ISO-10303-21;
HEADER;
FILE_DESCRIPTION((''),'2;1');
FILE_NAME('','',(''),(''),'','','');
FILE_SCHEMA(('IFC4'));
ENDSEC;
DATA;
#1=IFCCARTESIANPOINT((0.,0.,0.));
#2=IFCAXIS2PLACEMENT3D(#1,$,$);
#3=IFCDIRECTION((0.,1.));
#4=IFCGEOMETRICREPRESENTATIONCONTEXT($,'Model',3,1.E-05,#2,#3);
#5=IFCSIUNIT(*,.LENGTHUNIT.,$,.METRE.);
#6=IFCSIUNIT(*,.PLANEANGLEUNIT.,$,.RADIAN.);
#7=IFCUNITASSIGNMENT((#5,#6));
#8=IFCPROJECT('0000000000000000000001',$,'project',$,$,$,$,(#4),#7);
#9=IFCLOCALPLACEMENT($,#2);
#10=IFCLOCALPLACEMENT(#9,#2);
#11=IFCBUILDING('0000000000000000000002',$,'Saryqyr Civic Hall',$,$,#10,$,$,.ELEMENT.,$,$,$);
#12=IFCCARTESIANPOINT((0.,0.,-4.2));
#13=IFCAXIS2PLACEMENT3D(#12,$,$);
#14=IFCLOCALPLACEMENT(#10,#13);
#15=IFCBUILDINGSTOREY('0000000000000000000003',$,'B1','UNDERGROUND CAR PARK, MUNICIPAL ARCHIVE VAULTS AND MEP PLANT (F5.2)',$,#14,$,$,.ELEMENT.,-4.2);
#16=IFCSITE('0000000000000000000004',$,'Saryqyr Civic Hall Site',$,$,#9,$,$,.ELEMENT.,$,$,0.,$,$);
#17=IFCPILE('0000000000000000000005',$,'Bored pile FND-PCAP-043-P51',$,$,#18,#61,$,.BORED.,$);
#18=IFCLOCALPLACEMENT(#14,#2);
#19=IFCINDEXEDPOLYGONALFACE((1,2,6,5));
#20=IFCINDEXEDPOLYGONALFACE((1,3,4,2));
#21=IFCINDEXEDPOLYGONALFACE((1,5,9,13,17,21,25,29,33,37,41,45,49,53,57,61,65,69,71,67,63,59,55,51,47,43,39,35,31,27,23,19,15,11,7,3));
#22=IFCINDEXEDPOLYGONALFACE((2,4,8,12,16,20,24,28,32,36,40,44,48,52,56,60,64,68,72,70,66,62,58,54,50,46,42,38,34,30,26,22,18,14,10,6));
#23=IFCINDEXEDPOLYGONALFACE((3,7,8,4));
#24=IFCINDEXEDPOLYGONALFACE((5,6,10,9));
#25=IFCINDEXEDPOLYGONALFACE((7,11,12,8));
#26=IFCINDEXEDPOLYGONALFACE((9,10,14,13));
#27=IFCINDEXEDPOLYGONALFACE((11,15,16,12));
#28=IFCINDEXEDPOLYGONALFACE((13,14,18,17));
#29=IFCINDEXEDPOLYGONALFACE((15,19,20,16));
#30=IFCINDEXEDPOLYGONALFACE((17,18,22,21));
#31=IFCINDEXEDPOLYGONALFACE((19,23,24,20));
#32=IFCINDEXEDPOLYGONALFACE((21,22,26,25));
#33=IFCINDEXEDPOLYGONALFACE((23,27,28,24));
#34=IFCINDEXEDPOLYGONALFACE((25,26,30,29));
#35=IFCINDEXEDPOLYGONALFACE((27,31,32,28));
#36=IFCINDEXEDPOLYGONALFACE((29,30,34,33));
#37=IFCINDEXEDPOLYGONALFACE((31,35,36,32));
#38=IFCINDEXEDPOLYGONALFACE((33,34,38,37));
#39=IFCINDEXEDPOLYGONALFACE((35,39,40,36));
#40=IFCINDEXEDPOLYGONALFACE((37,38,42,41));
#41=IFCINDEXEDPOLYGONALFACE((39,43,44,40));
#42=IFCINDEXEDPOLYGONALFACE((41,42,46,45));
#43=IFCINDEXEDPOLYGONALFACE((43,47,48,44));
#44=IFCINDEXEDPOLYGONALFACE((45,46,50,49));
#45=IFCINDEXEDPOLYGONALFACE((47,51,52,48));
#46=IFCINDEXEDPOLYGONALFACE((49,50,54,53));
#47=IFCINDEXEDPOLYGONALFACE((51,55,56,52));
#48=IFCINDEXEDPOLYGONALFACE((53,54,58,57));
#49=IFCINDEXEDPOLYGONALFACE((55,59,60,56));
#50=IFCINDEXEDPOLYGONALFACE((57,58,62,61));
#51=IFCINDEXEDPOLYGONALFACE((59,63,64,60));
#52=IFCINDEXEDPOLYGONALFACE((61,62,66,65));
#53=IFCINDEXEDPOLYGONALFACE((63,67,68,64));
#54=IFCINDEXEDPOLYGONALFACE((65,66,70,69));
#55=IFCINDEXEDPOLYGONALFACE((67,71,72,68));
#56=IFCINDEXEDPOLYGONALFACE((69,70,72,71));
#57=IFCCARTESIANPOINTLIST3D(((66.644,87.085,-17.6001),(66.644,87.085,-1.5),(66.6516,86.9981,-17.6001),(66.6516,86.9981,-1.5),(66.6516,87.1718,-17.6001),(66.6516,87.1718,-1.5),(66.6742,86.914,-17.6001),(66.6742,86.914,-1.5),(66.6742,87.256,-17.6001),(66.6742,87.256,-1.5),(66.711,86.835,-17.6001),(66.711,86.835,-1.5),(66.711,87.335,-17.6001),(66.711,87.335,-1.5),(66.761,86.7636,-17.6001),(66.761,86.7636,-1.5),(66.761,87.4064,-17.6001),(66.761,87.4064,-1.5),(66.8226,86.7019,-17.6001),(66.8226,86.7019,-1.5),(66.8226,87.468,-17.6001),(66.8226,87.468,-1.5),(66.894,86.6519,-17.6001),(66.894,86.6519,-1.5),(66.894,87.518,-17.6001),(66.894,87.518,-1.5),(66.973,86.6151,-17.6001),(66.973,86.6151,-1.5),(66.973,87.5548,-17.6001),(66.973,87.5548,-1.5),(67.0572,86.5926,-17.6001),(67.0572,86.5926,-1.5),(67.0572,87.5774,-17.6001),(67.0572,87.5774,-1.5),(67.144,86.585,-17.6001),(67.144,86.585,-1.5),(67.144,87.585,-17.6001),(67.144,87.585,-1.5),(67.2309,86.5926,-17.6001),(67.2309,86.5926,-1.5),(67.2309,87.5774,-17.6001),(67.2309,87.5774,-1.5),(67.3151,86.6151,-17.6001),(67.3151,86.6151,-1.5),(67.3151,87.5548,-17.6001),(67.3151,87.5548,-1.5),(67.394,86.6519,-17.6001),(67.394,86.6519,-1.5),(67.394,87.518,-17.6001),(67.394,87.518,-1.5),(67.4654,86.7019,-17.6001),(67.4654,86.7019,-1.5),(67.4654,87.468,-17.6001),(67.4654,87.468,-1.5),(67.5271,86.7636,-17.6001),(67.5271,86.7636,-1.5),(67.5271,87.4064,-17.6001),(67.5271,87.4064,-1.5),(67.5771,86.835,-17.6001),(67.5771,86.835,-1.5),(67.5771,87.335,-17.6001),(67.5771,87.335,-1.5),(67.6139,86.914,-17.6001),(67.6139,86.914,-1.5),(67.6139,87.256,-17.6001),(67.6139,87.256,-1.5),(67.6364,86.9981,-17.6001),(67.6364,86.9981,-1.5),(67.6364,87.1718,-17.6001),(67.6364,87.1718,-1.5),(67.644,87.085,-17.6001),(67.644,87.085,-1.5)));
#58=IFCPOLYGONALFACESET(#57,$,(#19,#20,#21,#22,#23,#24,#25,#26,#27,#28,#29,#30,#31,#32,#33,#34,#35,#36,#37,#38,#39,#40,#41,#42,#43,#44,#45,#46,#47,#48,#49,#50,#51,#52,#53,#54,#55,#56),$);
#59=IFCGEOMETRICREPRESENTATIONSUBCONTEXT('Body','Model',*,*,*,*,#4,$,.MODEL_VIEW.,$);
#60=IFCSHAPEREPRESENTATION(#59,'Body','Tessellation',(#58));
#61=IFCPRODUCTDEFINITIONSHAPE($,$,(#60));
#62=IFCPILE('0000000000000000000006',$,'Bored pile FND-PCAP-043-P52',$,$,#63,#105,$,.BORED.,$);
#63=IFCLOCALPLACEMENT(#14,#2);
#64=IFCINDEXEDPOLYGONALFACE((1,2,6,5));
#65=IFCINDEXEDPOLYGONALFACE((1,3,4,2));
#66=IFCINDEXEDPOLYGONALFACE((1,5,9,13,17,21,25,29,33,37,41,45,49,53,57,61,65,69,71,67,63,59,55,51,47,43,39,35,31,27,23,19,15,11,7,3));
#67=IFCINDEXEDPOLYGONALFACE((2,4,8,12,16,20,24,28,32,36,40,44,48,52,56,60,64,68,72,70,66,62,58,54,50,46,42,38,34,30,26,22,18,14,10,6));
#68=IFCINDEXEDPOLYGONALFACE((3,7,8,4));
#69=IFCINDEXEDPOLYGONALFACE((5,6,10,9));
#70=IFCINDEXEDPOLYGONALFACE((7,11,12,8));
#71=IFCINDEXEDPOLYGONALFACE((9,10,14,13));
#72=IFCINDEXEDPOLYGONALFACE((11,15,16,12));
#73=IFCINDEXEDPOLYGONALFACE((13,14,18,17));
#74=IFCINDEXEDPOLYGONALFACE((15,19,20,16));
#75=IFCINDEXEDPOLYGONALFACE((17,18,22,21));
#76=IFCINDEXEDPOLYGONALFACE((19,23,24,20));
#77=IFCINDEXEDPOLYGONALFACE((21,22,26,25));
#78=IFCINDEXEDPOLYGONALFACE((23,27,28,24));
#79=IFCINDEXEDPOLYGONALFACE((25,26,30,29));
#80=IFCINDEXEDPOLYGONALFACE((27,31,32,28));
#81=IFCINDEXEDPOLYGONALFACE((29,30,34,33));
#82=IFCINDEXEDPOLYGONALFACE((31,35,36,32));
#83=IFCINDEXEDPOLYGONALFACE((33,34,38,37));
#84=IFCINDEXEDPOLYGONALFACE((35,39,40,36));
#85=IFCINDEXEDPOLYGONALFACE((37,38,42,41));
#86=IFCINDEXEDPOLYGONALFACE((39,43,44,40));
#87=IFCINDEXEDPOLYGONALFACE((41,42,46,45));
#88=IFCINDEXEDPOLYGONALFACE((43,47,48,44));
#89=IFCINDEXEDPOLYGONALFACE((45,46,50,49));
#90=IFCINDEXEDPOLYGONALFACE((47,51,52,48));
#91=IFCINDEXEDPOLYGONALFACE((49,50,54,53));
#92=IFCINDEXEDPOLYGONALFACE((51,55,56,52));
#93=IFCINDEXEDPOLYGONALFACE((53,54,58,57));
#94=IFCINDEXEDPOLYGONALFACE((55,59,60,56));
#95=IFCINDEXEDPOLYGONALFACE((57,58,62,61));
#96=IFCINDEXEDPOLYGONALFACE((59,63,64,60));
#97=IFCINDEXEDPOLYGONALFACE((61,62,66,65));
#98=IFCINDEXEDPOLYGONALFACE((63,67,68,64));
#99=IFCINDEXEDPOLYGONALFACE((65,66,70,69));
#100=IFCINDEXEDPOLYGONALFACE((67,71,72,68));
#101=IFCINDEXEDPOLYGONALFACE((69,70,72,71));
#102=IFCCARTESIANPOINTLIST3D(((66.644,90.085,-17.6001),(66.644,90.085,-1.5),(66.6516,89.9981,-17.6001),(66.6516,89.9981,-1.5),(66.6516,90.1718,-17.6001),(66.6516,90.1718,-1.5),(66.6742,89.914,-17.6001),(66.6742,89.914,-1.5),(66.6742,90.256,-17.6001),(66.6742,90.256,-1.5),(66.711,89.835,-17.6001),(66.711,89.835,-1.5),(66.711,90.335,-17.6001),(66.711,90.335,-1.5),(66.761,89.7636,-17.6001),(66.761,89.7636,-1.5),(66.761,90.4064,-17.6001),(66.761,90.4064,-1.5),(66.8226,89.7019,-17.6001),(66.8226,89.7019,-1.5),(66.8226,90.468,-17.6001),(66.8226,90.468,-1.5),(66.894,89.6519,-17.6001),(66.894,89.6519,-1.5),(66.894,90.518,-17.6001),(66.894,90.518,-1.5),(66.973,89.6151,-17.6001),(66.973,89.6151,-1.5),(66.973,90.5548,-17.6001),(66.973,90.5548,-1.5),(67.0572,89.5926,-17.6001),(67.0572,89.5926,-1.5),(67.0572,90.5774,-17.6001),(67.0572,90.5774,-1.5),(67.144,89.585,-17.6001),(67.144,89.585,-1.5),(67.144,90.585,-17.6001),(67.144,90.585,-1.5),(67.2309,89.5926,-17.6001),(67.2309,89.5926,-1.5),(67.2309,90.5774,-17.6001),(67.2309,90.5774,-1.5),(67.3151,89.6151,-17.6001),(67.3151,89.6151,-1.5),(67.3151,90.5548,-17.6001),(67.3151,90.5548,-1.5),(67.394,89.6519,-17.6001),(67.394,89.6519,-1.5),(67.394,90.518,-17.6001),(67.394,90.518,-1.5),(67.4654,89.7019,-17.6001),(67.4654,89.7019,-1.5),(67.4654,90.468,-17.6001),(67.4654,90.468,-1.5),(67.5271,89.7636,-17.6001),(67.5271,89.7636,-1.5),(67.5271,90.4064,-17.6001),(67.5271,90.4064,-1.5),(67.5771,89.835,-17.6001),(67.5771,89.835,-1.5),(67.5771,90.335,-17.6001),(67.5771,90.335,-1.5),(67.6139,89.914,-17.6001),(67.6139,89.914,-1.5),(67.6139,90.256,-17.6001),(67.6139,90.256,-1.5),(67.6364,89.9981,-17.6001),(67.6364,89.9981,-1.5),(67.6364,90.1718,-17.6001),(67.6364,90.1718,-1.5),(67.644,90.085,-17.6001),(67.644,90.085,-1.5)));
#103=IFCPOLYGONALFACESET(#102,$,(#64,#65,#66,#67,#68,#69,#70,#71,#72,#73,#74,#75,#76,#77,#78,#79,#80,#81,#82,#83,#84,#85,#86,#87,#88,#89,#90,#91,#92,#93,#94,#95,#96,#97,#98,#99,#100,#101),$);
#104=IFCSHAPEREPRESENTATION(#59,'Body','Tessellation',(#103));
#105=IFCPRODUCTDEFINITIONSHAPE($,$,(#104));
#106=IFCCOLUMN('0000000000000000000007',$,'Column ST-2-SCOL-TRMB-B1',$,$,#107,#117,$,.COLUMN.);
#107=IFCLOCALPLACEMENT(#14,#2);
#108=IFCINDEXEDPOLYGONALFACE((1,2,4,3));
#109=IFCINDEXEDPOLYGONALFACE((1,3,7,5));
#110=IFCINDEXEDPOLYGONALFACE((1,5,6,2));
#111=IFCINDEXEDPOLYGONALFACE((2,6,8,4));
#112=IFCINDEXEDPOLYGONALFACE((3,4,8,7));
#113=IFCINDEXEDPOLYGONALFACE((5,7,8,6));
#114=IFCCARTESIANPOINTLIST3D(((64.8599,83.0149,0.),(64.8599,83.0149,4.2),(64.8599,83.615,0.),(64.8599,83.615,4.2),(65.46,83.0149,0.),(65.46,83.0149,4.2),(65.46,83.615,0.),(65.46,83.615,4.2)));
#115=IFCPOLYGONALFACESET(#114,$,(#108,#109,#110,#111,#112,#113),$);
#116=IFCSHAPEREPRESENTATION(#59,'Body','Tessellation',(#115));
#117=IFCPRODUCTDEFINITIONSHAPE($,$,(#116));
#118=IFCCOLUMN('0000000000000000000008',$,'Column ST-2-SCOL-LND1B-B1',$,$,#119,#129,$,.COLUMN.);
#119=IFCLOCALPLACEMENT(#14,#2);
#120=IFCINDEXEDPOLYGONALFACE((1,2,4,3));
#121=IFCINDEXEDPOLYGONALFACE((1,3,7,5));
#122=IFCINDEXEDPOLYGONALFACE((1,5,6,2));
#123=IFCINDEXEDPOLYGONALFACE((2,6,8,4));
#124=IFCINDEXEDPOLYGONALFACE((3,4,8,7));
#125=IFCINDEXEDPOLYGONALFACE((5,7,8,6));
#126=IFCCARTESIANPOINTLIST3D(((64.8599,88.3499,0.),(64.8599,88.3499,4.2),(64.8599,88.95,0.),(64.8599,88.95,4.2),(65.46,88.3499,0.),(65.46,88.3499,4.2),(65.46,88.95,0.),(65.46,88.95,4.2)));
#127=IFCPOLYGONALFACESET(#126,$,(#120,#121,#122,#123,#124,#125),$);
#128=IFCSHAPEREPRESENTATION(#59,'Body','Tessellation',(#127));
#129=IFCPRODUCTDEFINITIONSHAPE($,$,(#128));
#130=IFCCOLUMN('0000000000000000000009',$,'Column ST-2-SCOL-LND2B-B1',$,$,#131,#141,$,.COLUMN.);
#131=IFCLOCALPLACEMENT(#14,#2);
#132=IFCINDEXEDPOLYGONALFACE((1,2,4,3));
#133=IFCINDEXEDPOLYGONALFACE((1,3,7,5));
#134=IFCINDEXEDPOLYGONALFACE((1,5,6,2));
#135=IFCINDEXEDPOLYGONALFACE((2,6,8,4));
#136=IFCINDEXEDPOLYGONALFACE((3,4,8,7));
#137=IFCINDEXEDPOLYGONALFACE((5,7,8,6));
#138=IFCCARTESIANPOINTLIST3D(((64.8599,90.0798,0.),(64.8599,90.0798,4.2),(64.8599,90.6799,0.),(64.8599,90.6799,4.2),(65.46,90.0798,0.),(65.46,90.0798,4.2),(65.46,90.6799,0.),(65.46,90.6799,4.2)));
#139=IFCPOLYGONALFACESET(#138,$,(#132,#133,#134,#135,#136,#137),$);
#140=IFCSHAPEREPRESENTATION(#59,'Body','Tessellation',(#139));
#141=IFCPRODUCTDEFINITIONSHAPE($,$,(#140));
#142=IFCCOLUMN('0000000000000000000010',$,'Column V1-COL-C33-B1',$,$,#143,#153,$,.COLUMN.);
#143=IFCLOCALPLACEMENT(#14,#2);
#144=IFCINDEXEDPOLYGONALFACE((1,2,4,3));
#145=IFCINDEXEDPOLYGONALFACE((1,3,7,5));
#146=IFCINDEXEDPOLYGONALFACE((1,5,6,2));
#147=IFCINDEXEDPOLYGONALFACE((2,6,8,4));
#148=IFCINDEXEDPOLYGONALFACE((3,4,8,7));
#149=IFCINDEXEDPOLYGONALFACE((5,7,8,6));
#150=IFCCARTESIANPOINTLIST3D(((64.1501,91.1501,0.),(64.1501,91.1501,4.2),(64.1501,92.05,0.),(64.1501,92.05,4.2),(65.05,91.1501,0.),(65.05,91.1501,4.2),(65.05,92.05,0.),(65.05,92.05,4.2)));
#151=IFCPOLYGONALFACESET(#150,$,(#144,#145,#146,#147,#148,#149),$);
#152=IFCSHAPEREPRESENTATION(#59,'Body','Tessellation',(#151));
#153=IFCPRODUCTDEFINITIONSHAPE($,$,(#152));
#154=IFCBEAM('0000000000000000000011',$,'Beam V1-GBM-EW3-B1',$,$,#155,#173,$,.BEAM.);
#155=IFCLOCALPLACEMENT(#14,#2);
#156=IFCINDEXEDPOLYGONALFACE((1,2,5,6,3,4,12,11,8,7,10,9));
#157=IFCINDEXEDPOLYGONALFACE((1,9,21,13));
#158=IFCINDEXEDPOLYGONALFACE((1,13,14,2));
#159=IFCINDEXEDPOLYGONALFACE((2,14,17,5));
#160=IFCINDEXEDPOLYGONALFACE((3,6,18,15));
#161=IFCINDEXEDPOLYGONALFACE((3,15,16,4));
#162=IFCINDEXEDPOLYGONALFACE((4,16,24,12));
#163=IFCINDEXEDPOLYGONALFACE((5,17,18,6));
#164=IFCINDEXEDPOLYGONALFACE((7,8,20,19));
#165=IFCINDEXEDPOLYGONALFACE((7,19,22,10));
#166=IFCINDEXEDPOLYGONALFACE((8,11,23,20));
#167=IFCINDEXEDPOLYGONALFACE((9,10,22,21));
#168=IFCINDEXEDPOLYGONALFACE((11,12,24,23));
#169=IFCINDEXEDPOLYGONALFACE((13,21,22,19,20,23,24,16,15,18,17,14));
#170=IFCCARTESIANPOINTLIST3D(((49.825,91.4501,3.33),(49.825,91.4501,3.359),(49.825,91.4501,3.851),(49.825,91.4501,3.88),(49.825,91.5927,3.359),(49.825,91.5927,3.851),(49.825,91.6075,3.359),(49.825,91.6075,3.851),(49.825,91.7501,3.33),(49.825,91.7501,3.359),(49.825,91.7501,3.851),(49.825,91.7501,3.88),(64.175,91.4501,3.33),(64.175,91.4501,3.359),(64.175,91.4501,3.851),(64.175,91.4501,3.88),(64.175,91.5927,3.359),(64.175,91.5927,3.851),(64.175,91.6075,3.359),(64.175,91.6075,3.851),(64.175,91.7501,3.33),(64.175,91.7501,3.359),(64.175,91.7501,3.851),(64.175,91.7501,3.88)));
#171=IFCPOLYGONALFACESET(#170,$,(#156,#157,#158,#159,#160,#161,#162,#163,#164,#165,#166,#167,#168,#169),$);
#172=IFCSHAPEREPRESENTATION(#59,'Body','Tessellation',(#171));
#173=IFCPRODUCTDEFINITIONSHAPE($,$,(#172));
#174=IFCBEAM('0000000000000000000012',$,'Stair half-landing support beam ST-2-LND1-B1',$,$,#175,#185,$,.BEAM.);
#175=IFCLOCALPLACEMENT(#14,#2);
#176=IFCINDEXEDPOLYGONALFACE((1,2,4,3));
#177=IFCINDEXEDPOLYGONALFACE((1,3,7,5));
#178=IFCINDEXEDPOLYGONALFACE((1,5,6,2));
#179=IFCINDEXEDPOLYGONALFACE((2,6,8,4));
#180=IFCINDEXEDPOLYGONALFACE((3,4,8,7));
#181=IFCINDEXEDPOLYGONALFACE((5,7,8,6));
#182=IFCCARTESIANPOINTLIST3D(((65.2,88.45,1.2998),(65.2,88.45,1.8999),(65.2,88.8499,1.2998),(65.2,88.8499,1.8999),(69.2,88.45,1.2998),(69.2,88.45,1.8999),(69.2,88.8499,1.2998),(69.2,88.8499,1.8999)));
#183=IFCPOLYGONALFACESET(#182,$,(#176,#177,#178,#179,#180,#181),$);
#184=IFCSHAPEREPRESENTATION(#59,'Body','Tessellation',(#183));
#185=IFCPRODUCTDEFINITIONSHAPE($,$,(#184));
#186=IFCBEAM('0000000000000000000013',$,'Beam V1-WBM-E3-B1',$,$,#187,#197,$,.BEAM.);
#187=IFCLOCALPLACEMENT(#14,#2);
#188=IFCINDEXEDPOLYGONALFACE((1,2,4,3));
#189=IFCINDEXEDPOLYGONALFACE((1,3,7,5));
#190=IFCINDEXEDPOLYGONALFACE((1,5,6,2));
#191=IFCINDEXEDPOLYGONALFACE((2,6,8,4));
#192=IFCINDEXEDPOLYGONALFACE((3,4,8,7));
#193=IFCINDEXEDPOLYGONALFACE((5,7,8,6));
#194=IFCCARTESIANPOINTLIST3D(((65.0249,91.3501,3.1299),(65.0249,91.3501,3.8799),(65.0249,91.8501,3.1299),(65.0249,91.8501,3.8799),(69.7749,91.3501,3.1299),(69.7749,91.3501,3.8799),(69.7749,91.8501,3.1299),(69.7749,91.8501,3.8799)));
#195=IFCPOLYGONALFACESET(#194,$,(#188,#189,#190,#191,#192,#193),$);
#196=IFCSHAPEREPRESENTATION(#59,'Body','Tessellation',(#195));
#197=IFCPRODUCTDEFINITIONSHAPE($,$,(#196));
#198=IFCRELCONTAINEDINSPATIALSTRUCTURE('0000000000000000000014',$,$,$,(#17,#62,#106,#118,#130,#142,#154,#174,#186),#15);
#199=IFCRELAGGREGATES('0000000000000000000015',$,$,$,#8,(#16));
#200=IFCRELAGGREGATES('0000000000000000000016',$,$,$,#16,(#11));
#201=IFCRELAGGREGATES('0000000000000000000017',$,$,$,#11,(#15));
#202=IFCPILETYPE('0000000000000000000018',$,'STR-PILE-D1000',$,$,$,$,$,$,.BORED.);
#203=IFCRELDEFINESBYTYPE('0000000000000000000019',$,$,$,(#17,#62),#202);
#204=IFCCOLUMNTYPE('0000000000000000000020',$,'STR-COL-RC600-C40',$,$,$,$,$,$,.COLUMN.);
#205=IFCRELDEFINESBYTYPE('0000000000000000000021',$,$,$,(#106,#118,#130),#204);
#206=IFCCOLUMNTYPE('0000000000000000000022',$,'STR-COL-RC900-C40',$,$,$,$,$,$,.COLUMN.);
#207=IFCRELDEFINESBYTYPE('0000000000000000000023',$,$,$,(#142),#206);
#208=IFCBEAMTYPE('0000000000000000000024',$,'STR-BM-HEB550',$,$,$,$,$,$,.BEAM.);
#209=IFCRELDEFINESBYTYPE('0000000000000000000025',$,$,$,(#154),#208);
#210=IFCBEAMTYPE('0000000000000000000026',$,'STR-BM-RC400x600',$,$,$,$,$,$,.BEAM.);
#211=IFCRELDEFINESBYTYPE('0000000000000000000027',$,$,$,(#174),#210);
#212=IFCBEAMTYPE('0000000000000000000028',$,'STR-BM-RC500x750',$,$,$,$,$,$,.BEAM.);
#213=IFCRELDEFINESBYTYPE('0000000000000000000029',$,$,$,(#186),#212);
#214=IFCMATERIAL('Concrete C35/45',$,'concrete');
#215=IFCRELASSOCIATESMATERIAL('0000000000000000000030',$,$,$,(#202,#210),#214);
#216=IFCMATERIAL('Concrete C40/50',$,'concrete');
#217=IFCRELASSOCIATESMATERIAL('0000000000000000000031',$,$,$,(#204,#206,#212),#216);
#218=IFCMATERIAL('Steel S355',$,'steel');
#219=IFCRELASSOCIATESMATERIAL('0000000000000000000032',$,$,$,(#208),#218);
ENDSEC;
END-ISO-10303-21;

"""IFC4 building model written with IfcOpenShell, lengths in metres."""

from ifc_helpers import new_model, si_unit, direction, frame, origin, origin_2d, place, context, subcontext, project, spatial, rectangle, circle, i_section, extrude, material, material_profile, profile_set, type_object, element, save


model = new_model("IFC4")

# Units and contexts
model_context = context("Model", 3, precision=1e-05, world=origin(), true_north=direction((0.0, 1.0)))
body_context = subcontext(model_context, "Body", "Model", "MODEL_VIEW")
ifc_project = project(units=[si_unit("LENGTHUNIT", "METRE"), si_unit("PLANEANGLEUNIT", "RADIAN")], contexts=[model_context])

# Site, building, storey
site_placement = place(None, origin())
site = spatial("IfcSite", under=ifc_project, at=site_placement, Name="Saryqyr Civic Hall Site", CompositionType="ELEMENT", RefElevation=0.0)
building_placement = place(site_placement, origin())
building = spatial("IfcBuilding", under=site, at=building_placement, Name="Saryqyr Civic Hall", CompositionType="ELEMENT")
storey_placement = place(building_placement, frame((0.0, 0.0, -4.2)))
storey = spatial("IfcBuildingStorey", under=building, at=storey_placement, Name="B1", Description="UNDERGROUND CAR PARK, MUNICIPAL ARCHIVE VAULTS AND MEP PLANT (F5.2)", CompositionType="ELEMENT", Elevation=-4.2)

# Shared definitions
ifc_material_1 = material(Name="Concrete C35/45", Category="concrete")

# Piles
ifc_material_profile_1 = material_profile(ifc_material_1, circle(Radius=0.5, at=origin_2d()), Name="BORED PILE D1000")
ifc_profile_set_1 = profile_set([ifc_material_profile_1], Name="Concrete C35/45")
pile_type = type_object("IfcPileType", Name="STR-PILE-D1000", PredefinedType="BORED", material=ifc_profile_set_1)
for number, where, z_axis, x_axis, name in (
    (1, (67.144, 87.085, -1.5), (0.0, 0.0, -1.0), (1.0, 0.0, 0.0), "Bored pile FND-PCAP-043-P51"),
    (2, (67.144, 90.085, -1.5), (0.0, 0.0, -1.0), (1.0, 0.0, 0.0), "Bored pile FND-PCAP-043-P52"),
):
    element("IfcPile", number, at=place(storey_placement, frame(where, z_axis=z_axis, x_axis=x_axis)), inside=storey, type_object=pile_type, Name=name, PredefinedType="BORED", context=body_context, shape_type="SweptSolid", body=[
        extrude(circle(Radius=0.5, at=origin_2d()), origin(), (0.0, 0.0, 1.0), 16.1001),
    ])

# Columns
ifc_material_2 = material(Name="Concrete C40/50", Category="concrete")
ifc_material_profile_2 = material_profile(ifc_material_2, rectangle(XDim=0.6001, YDim=0.6001, at=origin_2d()), Name="RC 600x600")
ifc_profile_set_2 = profile_set([ifc_material_profile_2], Name="Concrete C40/50")
column_type_1 = type_object("IfcColumnType", Name="STR-COL-RC600-C40", PredefinedType="COLUMN", material=ifc_profile_set_2)
for number, where, z_axis, x_axis, name in (
    (3, (65.1599, 83.3149, 0.0), (0.0, 0.0, 1.0), (1.0, 0.0, 0.0), "Column ST-2-SCOL-TRMB-B1"),
    (4, (65.1599, 88.6499, 0.0), (0.0, 0.0, 1.0), (1.0, 0.0, 0.0), "Column ST-2-SCOL-LND1B-B1"),
    (5, (65.1599, 90.3799, 0.0), (0.0, 0.0, 1.0), (1.0, 0.0, 0.0), "Column ST-2-SCOL-LND2B-B1"),
):
    element("IfcColumn", number, at=place(storey_placement, frame(where, z_axis=z_axis, x_axis=x_axis)), inside=storey, type_object=column_type_1, Name=name, PredefinedType="COLUMN", context=body_context, shape_type="SweptSolid", body=[
        extrude(rectangle(XDim=0.6001, YDim=0.6001, at=origin_2d()), origin(), (0.0, 0.0, 1.0), 4.2),
    ])
ifc_material_profile_3 = material_profile(ifc_material_2, rectangle(XDim=0.8999, YDim=0.8999, at=origin_2d()), Name="RC 900x900")
ifc_profile_set_3 = profile_set([ifc_material_profile_3], Name="Concrete C40/50")
column_type_2 = type_object("IfcColumnType", Name="STR-COL-RC900-C40", PredefinedType="COLUMN", material=ifc_profile_set_3)
column_placement = place(storey_placement, frame((64.6001, 91.6001, 0.0), z_axis=(0.0, 0.0, 1.0), x_axis=(1.0, 0.0, 0.0)))
element("IfcColumn", 6, at=column_placement, inside=storey, type_object=column_type_2, Name="Column V1-COL-C33-B1", PredefinedType="COLUMN", context=body_context, shape_type="SweptSolid", body=[
    extrude(rectangle(XDim=0.8999, YDim=0.8999, at=origin_2d()), origin(), (0.0, 0.0, 1.0), 4.2),
])

# Beams
ifc_material_3 = material(Name="Steel S355", Category="steel")
ifc_material_profile_4 = material_profile(ifc_material_3, i_section(OverallWidth=0.3, OverallDepth=0.55, WebThickness=0.0149, FlangeThickness=0.0291, at=origin_2d()), Name="HEB 550")
ifc_profile_set_4 = profile_set([ifc_material_profile_4], Name="Steel S355")
beam_type_1 = type_object("IfcBeamType", Name="STR-BM-HEB550", PredefinedType="BEAM", material=ifc_profile_set_4)
beam_1_placement = place(storey_placement, frame((49.825, 91.6001, 3.605), z_axis=(1.0, 0.0, 0.0), x_axis=(0.0, 1.0, 0.0)))
element("IfcBeam", 7, at=beam_1_placement, inside=storey, type_object=beam_type_1, Name="Beam V1-GBM-EW3-B1", PredefinedType="BEAM", context=body_context, shape_type="SweptSolid", body=[
    extrude(i_section(OverallWidth=0.3, OverallDepth=0.55, WebThickness=0.0149, FlangeThickness=0.0291, at=origin_2d()), origin(), (0.0, 0.0, 1.0), 14.3501),
])
ifc_material_profile_5 = material_profile(ifc_material_1, rectangle(XDim=0.3999, YDim=0.6001, at=origin_2d()), Name="RC 400x600")
ifc_profile_set_5 = profile_set([ifc_material_profile_5], Name="Concrete C35/45")
beam_type_2 = type_object("IfcBeamType", Name="STR-BM-RC400x600", PredefinedType="BEAM", material=ifc_profile_set_5)
beam_2_placement = place(storey_placement, frame((69.2, 88.6499, 1.5999), z_axis=(-1.0, 0.0, 0.0), x_axis=(0.0, -1.0, 0.0)))
element("IfcBeam", 8, at=beam_2_placement, inside=storey, type_object=beam_type_2, Name="Stair half-landing support beam ST-2-LND1-B1", PredefinedType="BEAM", context=body_context, shape_type="SweptSolid", body=[
    extrude(rectangle(XDim=0.3999, YDim=0.6001, at=origin_2d()), origin(), (0.0, 0.0, 1.0), 4.0),
])
ifc_material_profile_6 = material_profile(ifc_material_2, rectangle(XDim=0.5, YDim=0.75, at=origin_2d()), Name="RC 500x750")
ifc_profile_set_6 = profile_set([ifc_material_profile_6], Name="Concrete C40/50")
beam_type_3 = type_object("IfcBeamType", Name="STR-BM-RC500x750", PredefinedType="BEAM", material=ifc_profile_set_6)
beam_3_placement = place(storey_placement, frame((65.0249, 91.6001, 3.5049), z_axis=(1.0, 0.0, 0.0), x_axis=(0.0, 1.0, 0.0)))
element("IfcBeam", 9, at=beam_3_placement, inside=storey, type_object=beam_type_3, Name="Beam V1-WBM-E3-B1", PredefinedType="BEAM", context=body_context, shape_type="SweptSolid", body=[
    extrude(rectangle(XDim=0.5, YDim=0.75, at=origin_2d()), origin(), (0.0, 0.0, 1.0), 4.75),
])

save(model, "model.ifc")
